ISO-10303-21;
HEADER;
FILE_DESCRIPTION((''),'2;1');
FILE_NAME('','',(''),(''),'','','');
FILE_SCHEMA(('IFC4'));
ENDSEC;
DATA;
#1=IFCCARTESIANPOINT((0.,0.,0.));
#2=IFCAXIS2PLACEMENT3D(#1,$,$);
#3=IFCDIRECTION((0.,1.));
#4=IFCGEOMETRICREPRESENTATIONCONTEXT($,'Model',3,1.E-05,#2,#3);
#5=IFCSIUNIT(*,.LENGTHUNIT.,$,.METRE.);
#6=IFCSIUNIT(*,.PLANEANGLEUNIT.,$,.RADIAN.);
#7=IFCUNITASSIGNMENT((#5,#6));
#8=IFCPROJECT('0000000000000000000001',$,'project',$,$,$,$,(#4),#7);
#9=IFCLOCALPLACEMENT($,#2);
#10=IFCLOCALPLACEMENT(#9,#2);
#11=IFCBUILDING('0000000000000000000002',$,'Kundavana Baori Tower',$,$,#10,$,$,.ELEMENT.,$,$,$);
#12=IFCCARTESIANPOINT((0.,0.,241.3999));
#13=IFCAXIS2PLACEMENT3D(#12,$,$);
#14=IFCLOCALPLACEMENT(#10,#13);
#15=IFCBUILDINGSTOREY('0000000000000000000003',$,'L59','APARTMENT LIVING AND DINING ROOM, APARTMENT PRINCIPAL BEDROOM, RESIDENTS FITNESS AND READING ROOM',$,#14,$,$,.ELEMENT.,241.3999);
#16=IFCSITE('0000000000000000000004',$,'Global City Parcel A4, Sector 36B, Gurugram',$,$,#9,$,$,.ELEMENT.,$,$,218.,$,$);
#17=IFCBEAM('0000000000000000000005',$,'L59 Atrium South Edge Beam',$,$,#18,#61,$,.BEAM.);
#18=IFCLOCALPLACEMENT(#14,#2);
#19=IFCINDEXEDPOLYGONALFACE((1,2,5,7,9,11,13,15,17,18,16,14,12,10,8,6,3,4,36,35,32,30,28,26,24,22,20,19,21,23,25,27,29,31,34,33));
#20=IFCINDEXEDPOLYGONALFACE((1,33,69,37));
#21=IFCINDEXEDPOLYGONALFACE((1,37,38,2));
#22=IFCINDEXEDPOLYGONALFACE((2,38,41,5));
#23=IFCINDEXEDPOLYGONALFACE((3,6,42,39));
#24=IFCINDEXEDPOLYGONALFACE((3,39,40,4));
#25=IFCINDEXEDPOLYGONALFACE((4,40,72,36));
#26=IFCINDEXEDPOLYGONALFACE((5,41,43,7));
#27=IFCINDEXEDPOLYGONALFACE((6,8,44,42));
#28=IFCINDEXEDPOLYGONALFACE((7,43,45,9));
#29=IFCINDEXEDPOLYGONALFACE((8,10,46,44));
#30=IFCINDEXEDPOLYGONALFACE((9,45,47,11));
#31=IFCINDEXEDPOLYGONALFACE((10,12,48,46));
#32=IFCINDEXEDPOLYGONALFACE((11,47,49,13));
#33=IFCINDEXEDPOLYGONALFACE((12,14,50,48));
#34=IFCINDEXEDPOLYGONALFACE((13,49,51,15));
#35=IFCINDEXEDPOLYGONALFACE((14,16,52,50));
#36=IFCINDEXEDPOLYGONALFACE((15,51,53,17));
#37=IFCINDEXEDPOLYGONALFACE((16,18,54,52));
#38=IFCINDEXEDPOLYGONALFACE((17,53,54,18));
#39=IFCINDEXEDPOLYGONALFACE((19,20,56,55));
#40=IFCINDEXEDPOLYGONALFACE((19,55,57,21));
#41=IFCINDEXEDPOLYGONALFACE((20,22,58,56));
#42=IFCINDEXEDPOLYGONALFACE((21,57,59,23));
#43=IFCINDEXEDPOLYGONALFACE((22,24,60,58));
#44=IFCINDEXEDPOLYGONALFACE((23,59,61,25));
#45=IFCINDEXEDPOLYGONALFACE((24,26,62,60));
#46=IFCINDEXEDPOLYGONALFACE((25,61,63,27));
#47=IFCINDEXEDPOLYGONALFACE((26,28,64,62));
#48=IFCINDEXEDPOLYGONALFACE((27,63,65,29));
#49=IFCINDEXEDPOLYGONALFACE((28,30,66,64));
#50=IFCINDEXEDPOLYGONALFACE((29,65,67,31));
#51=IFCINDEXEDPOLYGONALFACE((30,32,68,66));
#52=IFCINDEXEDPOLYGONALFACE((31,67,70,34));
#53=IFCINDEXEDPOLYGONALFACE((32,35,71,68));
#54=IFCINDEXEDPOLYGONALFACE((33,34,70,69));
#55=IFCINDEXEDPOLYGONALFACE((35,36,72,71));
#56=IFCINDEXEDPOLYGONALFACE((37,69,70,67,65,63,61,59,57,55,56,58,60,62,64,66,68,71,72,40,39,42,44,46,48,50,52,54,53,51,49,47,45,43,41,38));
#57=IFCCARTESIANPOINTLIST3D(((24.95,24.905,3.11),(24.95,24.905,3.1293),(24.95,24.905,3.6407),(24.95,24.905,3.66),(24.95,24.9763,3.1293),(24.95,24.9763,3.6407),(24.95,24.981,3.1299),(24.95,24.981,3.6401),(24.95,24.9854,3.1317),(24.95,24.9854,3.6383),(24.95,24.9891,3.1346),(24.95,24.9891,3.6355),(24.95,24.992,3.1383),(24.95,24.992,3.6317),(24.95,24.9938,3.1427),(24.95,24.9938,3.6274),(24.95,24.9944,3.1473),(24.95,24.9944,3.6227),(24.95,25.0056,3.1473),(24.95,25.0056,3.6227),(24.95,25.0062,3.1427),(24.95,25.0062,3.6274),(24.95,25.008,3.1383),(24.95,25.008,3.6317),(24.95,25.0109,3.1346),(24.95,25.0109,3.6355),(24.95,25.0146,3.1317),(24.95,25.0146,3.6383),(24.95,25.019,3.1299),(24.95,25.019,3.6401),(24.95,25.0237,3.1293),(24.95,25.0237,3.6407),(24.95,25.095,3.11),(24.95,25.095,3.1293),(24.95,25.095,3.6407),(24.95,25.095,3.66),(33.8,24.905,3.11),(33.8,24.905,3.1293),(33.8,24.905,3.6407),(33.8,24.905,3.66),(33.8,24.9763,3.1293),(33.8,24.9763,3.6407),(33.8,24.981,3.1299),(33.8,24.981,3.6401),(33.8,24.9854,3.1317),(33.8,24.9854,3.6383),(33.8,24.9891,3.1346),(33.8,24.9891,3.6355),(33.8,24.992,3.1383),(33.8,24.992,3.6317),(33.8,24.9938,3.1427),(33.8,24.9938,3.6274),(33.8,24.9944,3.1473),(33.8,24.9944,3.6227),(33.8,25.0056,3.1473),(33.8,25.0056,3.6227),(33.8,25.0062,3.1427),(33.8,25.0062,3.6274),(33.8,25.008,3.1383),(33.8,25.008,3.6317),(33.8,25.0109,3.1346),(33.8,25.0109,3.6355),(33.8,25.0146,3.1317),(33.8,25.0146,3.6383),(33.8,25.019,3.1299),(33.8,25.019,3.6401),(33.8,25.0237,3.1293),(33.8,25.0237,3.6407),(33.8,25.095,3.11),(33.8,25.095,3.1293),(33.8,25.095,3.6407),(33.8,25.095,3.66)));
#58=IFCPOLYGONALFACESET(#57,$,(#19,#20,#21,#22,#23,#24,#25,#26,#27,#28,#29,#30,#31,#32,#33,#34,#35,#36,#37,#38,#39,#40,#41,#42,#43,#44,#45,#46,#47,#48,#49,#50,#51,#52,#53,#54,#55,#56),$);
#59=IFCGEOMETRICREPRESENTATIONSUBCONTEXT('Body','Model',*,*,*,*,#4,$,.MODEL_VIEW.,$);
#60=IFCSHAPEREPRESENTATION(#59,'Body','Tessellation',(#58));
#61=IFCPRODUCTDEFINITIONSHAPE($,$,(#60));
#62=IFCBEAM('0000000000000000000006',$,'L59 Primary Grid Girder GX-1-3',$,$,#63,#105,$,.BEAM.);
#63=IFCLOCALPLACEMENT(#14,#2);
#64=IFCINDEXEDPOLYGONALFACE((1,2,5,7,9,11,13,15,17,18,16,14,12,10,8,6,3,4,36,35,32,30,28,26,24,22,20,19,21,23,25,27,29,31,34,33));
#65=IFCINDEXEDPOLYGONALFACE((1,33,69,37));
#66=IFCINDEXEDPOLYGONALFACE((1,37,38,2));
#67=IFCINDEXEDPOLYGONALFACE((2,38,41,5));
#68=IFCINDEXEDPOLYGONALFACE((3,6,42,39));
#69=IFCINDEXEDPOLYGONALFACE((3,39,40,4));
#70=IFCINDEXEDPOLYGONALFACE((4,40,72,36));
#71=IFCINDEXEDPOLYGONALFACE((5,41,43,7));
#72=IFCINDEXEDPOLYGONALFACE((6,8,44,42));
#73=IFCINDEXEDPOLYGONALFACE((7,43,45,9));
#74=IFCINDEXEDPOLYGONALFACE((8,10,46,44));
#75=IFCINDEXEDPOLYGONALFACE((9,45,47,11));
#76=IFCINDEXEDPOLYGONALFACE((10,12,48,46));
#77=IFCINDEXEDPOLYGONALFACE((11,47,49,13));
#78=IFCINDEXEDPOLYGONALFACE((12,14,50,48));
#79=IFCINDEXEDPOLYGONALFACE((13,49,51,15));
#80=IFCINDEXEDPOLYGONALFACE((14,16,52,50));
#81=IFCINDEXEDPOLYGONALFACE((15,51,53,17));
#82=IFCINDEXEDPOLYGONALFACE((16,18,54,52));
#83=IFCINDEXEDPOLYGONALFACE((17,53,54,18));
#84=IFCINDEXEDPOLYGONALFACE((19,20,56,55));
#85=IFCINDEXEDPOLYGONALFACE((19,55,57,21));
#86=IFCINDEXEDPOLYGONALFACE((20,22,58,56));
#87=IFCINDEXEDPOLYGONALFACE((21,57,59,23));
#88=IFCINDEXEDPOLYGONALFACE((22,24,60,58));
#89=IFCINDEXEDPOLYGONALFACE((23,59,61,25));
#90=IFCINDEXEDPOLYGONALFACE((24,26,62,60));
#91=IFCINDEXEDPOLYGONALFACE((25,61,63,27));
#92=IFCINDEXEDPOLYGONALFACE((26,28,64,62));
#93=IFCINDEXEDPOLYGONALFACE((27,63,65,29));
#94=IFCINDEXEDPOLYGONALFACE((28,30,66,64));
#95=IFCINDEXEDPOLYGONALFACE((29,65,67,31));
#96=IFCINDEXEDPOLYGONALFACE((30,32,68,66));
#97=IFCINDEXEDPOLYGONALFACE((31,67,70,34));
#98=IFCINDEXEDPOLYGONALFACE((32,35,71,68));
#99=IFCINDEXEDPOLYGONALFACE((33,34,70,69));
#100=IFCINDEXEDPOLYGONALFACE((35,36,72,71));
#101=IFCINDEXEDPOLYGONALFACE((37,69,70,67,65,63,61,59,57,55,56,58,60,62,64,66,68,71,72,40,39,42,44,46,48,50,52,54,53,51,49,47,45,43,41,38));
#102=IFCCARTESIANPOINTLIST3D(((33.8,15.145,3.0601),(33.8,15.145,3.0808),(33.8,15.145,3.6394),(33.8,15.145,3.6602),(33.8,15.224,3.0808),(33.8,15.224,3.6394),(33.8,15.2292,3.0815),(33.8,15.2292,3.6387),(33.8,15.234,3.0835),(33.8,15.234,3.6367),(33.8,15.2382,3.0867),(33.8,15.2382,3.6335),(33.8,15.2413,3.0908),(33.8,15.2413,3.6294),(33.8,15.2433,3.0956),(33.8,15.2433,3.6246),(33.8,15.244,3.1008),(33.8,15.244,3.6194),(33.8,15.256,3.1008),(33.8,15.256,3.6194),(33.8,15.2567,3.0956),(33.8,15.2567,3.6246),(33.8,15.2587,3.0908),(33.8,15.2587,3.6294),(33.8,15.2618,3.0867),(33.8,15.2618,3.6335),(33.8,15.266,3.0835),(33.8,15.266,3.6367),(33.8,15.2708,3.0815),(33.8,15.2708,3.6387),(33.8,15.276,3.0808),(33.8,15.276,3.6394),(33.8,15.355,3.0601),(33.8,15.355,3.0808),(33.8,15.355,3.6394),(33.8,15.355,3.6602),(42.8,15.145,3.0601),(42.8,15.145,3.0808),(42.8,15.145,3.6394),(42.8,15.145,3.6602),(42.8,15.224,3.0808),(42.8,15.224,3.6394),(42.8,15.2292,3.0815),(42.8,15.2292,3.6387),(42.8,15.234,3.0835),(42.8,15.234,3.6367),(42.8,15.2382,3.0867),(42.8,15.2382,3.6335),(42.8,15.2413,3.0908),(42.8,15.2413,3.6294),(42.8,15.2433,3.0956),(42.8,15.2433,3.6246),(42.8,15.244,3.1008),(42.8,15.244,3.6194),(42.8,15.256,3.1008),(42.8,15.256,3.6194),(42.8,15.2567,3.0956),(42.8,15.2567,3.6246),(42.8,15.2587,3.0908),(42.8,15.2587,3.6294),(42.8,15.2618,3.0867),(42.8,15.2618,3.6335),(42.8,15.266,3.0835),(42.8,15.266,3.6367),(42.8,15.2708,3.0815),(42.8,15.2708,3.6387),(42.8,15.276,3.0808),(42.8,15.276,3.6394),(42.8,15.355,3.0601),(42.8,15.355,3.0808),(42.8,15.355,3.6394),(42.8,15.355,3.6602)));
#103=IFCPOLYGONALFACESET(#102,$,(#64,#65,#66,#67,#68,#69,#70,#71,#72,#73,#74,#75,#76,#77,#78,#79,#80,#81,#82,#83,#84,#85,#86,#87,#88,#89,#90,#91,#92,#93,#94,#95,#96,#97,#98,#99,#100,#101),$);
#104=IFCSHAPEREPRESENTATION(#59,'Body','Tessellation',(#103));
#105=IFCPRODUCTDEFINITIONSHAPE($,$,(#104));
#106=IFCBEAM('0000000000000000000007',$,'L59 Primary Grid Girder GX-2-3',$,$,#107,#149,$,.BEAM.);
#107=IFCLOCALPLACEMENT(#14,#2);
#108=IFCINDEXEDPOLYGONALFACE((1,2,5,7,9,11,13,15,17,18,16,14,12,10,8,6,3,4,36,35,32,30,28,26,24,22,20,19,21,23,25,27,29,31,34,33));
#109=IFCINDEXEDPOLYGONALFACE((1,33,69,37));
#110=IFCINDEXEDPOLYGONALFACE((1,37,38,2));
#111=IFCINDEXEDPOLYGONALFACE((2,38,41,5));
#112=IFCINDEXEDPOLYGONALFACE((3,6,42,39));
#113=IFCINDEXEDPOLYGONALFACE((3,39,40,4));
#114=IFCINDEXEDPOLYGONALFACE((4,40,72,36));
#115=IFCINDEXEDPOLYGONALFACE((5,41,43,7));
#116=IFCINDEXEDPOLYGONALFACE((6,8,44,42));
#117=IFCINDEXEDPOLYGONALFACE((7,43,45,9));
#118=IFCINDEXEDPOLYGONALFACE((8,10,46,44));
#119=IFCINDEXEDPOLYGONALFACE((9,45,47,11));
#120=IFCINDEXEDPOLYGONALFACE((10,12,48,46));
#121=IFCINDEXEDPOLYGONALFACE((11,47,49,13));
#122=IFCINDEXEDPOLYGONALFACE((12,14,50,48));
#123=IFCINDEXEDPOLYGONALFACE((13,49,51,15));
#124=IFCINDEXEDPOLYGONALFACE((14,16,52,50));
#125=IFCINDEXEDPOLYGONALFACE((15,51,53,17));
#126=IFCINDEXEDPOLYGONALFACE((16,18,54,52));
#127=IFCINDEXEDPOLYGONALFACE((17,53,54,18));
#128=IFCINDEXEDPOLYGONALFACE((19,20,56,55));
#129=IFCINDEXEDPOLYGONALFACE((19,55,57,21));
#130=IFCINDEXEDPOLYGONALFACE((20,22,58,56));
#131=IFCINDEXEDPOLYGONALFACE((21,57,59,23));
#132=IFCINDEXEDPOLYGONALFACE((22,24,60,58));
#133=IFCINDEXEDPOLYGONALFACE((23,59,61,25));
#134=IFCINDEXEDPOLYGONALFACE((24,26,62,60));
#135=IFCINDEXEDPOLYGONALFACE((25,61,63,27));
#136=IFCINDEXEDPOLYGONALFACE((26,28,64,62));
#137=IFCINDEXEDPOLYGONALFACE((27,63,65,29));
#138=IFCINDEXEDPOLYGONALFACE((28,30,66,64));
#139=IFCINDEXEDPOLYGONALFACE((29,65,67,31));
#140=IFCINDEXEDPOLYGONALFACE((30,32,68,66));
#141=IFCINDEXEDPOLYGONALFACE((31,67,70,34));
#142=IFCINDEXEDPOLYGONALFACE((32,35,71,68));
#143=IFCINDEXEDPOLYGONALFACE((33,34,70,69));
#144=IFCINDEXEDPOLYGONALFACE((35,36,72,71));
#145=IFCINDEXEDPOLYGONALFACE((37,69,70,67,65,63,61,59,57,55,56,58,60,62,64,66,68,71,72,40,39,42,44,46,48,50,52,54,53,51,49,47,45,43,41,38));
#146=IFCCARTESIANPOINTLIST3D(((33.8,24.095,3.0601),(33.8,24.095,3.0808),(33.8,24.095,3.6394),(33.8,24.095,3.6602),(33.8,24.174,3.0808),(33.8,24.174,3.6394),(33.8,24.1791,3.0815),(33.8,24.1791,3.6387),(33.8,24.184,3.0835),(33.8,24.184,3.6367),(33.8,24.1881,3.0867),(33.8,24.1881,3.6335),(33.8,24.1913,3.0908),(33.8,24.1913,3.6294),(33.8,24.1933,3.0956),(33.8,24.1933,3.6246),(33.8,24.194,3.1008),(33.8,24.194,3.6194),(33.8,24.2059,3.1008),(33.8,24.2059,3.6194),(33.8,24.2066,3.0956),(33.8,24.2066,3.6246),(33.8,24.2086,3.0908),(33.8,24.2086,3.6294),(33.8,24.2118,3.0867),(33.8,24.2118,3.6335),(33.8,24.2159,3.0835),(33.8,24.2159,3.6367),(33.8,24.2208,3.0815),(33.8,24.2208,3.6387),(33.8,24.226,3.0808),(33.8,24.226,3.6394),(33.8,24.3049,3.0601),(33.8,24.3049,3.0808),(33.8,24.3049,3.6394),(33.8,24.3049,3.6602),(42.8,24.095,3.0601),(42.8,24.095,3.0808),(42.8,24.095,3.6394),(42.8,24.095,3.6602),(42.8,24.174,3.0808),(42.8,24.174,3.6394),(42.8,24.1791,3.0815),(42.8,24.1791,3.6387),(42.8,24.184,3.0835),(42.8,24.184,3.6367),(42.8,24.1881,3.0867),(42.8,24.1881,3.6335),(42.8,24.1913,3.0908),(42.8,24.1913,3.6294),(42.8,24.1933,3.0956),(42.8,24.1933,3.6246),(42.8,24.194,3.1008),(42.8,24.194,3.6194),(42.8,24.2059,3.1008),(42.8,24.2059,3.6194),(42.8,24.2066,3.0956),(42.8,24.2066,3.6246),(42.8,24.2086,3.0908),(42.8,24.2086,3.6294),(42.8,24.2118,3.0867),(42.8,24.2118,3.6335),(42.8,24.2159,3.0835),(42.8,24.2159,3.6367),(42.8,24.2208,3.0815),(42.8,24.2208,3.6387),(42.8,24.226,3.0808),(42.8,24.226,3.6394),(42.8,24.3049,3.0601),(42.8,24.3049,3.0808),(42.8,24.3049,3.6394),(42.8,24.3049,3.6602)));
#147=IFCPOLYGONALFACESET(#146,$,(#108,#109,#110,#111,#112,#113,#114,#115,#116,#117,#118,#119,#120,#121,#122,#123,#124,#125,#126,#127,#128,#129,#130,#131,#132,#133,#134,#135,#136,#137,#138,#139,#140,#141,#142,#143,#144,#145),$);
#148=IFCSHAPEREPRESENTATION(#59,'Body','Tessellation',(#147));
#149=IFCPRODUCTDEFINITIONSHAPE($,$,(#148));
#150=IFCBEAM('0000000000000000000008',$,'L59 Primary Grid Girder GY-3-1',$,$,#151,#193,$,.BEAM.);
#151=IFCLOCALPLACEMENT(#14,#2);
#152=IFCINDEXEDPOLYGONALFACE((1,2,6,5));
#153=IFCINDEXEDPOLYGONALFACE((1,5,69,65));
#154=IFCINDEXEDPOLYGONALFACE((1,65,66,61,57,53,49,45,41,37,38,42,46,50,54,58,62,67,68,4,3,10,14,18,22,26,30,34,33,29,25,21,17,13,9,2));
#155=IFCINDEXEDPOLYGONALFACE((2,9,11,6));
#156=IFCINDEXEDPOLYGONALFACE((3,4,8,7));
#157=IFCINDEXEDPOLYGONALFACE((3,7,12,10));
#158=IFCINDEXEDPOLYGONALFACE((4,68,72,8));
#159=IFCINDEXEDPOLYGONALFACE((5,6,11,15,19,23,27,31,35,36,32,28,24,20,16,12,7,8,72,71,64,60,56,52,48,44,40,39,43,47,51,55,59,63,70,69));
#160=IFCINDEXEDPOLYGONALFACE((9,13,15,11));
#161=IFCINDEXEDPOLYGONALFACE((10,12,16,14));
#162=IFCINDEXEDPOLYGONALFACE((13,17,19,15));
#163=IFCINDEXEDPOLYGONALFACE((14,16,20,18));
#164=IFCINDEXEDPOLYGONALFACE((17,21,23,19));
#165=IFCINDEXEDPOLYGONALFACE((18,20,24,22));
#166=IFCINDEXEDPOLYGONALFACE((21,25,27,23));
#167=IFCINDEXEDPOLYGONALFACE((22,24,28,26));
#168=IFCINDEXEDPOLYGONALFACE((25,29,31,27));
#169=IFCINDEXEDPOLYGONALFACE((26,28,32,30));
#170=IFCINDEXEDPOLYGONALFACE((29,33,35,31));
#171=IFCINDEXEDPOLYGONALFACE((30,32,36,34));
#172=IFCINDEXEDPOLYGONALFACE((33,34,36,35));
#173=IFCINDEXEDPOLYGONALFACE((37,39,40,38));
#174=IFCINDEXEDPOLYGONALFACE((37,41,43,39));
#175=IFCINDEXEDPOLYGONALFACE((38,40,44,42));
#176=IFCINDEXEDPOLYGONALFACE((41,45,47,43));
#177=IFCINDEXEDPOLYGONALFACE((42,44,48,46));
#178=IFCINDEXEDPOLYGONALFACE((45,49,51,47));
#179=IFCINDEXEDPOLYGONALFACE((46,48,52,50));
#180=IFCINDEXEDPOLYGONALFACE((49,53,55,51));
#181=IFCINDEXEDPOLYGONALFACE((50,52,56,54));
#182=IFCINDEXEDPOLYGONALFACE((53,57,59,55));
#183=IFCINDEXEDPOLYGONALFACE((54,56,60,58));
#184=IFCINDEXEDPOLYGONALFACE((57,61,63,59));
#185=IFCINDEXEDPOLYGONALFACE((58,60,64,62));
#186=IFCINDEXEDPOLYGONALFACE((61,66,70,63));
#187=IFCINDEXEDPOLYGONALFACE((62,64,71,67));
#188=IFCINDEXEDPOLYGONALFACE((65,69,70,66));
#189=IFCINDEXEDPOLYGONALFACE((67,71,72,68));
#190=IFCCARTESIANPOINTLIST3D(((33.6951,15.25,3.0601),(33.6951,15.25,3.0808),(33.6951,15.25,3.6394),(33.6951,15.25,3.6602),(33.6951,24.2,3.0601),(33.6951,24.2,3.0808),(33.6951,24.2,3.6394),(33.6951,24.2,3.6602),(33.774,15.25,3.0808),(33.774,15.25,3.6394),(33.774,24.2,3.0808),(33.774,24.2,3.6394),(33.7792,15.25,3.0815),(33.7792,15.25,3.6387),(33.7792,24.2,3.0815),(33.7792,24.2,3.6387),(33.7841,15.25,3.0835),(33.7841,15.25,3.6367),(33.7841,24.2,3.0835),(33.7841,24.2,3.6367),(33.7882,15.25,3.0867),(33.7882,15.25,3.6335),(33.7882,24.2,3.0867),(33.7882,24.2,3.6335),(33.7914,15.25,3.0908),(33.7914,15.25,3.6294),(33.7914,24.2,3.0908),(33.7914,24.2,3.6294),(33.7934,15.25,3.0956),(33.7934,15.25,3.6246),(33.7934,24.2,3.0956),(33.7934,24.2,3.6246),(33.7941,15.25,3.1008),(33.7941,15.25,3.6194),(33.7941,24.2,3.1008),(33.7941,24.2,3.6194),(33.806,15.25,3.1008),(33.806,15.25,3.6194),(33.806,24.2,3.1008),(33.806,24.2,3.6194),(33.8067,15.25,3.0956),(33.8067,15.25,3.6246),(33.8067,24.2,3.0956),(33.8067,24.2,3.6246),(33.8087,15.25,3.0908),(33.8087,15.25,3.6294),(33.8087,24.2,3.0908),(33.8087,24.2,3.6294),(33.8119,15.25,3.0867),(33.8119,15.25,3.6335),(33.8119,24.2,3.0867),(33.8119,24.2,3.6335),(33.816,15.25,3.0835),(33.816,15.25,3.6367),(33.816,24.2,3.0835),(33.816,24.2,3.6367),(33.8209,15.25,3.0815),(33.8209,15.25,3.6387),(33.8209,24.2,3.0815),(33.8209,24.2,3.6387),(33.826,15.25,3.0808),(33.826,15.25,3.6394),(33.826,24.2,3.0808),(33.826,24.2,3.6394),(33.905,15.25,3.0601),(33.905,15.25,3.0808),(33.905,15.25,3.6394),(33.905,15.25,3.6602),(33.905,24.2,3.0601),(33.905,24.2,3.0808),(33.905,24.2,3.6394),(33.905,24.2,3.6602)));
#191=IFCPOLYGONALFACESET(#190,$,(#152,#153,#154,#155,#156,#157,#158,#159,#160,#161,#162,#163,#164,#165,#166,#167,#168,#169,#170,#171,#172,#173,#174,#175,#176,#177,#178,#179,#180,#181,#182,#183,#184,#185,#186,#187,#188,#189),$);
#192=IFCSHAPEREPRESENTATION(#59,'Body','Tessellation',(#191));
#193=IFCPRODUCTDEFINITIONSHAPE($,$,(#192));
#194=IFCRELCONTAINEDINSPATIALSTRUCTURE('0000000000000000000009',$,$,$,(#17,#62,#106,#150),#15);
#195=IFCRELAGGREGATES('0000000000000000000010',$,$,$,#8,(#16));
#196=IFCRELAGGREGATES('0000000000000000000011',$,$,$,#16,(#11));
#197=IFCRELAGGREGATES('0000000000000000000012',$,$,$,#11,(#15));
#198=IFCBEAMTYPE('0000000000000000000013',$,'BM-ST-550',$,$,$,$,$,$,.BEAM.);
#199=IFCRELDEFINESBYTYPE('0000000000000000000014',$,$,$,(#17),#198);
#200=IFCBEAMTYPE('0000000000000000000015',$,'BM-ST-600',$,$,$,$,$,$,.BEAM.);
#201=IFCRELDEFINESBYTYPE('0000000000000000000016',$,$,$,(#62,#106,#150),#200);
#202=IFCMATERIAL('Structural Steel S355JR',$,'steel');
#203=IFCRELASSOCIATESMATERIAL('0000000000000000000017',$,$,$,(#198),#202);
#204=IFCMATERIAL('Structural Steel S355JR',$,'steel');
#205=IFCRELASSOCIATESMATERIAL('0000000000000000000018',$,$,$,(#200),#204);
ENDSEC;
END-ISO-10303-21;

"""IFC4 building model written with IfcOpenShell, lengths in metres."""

from ifc_helpers import new_model, si_unit, direction, frame, origin, origin_2d, place, context, subcontext, project, spatial, i_section, extrude, material, material_profile, profile_set, type_object, element, save


model = new_model("IFC4")

# Units and contexts
model_context = context("Model", 3, precision=1e-05, world=origin(), true_north=direction((0.0, 1.0)))
body_context = subcontext(model_context, "Body", "Model", "MODEL_VIEW")
ifc_project = project(units=[si_unit("LENGTHUNIT", "METRE"), si_unit("PLANEANGLEUNIT", "RADIAN")], contexts=[model_context])

# Site, building, storey
site_placement = place(None, origin())
site = spatial("IfcSite", under=ifc_project, at=site_placement, Name="Global City Parcel A4, Sector 36B, Gurugram", CompositionType="ELEMENT", RefElevation=218.0)
building_placement = place(site_placement, origin())
building = spatial("IfcBuilding", under=site, at=building_placement, Name="Kundavana Baori Tower", CompositionType="ELEMENT")
storey_placement = place(building_placement, frame((0.0, 0.0, 241.3999)))
storey = spatial("IfcBuildingStorey", under=building, at=storey_placement, Name="L59", Description="APARTMENT LIVING AND DINING ROOM, APARTMENT PRINCIPAL BEDROOM, RESIDENTS FITNESS AND READING ROOM", CompositionType="ELEMENT", Elevation=241.3999)

# Beams
ifc_material_1 = material(Name="Structural Steel S355JR", Category="steel")
ifc_material_profile_1 = material_profile(ifc_material_1, i_section(OverallWidth=0.1899, OverallDepth=0.55, WebThickness=0.0112, FlangeThickness=0.0193, FilletRadius=0.0181, at=origin_2d()), Name="ISMB 550")
ifc_profile_set_1 = profile_set([ifc_material_profile_1], Name="Structural Steel S355JR")
beam_type_1 = type_object("IfcBeamType", Name="BM-ST-550", PredefinedType="BEAM", material=ifc_profile_set_1)
beam_1_placement = place(storey_placement, frame((24.95, 25.0, 3.385), z_axis=(1.0, 0.0, 0.0), x_axis=(0.0, 1.0, 0.0)))
element("IfcBeam", 1, at=beam_1_placement, inside=storey, type_object=beam_type_1, Name="L59 Atrium South Edge Beam", PredefinedType="BEAM", context=body_context, shape_type="SweptSolid", body=[
    extrude(i_section(OverallWidth=0.1899, OverallDepth=0.55, WebThickness=0.0112, FlangeThickness=0.0193, FilletRadius=0.0181, at=origin_2d()), origin(), (0.0, 0.0, 1.0), 8.8501),
])
ifc_material_2 = material(Name="Structural Steel S355JR", Category="steel")
ifc_material_profile_2 = material_profile(ifc_material_2, i_section(OverallWidth=0.21, OverallDepth=0.6001, WebThickness=0.012, FlangeThickness=0.0208, FilletRadius=0.02, at=origin_2d()), Name="ISMB 600")
ifc_profile_set_2 = profile_set([ifc_material_profile_2], Name="Structural Steel S355JR")
beam_type_2 = type_object("IfcBeamType", Name="BM-ST-600", PredefinedType="BEAM", material=ifc_profile_set_2)
for number, where, z_axis, x_axis, name in (
    (2, (33.8, 15.25, 3.3601), (1.0, 0.0, 0.0), (0.0, 1.0, 0.0), "L59 Primary Grid Girder GX-1-3"),
    (3, (33.8, 24.2, 3.3601), (1.0, 0.0, 0.0), (0.0, 1.0, 0.0), "L59 Primary Grid Girder GX-2-3"),
):
    element("IfcBeam", number, at=place(storey_placement, frame(where, z_axis=z_axis, x_axis=x_axis)), inside=storey, type_object=beam_type_2, Name=name, PredefinedType="BEAM", context=body_context, shape_type="SweptSolid", body=[
        extrude(i_section(OverallWidth=0.21, OverallDepth=0.6001, WebThickness=0.012, FlangeThickness=0.0208, FilletRadius=0.02, at=origin_2d()), origin(), (0.0, 0.0, 1.0), 9.0),
    ])
beam_2_placement = place(storey_placement, frame((33.8, 15.25, 3.3601), z_axis=(0.0, 1.0, 0.0), x_axis=(-1.0, 0.0, 0.0)))
element("IfcBeam", 4, at=beam_2_placement, inside=storey, type_object=beam_type_2, Name="L59 Primary Grid Girder GY-3-1", PredefinedType="BEAM", context=body_context, shape_type="SweptSolid", body=[
    extrude(i_section(OverallWidth=0.21, OverallDepth=0.6001, WebThickness=0.012, FlangeThickness=0.0208, FilletRadius=0.02, at=origin_2d()), origin(), (0.0, 0.0, 1.0), 8.95),
])

save(model, "model.ifc")
